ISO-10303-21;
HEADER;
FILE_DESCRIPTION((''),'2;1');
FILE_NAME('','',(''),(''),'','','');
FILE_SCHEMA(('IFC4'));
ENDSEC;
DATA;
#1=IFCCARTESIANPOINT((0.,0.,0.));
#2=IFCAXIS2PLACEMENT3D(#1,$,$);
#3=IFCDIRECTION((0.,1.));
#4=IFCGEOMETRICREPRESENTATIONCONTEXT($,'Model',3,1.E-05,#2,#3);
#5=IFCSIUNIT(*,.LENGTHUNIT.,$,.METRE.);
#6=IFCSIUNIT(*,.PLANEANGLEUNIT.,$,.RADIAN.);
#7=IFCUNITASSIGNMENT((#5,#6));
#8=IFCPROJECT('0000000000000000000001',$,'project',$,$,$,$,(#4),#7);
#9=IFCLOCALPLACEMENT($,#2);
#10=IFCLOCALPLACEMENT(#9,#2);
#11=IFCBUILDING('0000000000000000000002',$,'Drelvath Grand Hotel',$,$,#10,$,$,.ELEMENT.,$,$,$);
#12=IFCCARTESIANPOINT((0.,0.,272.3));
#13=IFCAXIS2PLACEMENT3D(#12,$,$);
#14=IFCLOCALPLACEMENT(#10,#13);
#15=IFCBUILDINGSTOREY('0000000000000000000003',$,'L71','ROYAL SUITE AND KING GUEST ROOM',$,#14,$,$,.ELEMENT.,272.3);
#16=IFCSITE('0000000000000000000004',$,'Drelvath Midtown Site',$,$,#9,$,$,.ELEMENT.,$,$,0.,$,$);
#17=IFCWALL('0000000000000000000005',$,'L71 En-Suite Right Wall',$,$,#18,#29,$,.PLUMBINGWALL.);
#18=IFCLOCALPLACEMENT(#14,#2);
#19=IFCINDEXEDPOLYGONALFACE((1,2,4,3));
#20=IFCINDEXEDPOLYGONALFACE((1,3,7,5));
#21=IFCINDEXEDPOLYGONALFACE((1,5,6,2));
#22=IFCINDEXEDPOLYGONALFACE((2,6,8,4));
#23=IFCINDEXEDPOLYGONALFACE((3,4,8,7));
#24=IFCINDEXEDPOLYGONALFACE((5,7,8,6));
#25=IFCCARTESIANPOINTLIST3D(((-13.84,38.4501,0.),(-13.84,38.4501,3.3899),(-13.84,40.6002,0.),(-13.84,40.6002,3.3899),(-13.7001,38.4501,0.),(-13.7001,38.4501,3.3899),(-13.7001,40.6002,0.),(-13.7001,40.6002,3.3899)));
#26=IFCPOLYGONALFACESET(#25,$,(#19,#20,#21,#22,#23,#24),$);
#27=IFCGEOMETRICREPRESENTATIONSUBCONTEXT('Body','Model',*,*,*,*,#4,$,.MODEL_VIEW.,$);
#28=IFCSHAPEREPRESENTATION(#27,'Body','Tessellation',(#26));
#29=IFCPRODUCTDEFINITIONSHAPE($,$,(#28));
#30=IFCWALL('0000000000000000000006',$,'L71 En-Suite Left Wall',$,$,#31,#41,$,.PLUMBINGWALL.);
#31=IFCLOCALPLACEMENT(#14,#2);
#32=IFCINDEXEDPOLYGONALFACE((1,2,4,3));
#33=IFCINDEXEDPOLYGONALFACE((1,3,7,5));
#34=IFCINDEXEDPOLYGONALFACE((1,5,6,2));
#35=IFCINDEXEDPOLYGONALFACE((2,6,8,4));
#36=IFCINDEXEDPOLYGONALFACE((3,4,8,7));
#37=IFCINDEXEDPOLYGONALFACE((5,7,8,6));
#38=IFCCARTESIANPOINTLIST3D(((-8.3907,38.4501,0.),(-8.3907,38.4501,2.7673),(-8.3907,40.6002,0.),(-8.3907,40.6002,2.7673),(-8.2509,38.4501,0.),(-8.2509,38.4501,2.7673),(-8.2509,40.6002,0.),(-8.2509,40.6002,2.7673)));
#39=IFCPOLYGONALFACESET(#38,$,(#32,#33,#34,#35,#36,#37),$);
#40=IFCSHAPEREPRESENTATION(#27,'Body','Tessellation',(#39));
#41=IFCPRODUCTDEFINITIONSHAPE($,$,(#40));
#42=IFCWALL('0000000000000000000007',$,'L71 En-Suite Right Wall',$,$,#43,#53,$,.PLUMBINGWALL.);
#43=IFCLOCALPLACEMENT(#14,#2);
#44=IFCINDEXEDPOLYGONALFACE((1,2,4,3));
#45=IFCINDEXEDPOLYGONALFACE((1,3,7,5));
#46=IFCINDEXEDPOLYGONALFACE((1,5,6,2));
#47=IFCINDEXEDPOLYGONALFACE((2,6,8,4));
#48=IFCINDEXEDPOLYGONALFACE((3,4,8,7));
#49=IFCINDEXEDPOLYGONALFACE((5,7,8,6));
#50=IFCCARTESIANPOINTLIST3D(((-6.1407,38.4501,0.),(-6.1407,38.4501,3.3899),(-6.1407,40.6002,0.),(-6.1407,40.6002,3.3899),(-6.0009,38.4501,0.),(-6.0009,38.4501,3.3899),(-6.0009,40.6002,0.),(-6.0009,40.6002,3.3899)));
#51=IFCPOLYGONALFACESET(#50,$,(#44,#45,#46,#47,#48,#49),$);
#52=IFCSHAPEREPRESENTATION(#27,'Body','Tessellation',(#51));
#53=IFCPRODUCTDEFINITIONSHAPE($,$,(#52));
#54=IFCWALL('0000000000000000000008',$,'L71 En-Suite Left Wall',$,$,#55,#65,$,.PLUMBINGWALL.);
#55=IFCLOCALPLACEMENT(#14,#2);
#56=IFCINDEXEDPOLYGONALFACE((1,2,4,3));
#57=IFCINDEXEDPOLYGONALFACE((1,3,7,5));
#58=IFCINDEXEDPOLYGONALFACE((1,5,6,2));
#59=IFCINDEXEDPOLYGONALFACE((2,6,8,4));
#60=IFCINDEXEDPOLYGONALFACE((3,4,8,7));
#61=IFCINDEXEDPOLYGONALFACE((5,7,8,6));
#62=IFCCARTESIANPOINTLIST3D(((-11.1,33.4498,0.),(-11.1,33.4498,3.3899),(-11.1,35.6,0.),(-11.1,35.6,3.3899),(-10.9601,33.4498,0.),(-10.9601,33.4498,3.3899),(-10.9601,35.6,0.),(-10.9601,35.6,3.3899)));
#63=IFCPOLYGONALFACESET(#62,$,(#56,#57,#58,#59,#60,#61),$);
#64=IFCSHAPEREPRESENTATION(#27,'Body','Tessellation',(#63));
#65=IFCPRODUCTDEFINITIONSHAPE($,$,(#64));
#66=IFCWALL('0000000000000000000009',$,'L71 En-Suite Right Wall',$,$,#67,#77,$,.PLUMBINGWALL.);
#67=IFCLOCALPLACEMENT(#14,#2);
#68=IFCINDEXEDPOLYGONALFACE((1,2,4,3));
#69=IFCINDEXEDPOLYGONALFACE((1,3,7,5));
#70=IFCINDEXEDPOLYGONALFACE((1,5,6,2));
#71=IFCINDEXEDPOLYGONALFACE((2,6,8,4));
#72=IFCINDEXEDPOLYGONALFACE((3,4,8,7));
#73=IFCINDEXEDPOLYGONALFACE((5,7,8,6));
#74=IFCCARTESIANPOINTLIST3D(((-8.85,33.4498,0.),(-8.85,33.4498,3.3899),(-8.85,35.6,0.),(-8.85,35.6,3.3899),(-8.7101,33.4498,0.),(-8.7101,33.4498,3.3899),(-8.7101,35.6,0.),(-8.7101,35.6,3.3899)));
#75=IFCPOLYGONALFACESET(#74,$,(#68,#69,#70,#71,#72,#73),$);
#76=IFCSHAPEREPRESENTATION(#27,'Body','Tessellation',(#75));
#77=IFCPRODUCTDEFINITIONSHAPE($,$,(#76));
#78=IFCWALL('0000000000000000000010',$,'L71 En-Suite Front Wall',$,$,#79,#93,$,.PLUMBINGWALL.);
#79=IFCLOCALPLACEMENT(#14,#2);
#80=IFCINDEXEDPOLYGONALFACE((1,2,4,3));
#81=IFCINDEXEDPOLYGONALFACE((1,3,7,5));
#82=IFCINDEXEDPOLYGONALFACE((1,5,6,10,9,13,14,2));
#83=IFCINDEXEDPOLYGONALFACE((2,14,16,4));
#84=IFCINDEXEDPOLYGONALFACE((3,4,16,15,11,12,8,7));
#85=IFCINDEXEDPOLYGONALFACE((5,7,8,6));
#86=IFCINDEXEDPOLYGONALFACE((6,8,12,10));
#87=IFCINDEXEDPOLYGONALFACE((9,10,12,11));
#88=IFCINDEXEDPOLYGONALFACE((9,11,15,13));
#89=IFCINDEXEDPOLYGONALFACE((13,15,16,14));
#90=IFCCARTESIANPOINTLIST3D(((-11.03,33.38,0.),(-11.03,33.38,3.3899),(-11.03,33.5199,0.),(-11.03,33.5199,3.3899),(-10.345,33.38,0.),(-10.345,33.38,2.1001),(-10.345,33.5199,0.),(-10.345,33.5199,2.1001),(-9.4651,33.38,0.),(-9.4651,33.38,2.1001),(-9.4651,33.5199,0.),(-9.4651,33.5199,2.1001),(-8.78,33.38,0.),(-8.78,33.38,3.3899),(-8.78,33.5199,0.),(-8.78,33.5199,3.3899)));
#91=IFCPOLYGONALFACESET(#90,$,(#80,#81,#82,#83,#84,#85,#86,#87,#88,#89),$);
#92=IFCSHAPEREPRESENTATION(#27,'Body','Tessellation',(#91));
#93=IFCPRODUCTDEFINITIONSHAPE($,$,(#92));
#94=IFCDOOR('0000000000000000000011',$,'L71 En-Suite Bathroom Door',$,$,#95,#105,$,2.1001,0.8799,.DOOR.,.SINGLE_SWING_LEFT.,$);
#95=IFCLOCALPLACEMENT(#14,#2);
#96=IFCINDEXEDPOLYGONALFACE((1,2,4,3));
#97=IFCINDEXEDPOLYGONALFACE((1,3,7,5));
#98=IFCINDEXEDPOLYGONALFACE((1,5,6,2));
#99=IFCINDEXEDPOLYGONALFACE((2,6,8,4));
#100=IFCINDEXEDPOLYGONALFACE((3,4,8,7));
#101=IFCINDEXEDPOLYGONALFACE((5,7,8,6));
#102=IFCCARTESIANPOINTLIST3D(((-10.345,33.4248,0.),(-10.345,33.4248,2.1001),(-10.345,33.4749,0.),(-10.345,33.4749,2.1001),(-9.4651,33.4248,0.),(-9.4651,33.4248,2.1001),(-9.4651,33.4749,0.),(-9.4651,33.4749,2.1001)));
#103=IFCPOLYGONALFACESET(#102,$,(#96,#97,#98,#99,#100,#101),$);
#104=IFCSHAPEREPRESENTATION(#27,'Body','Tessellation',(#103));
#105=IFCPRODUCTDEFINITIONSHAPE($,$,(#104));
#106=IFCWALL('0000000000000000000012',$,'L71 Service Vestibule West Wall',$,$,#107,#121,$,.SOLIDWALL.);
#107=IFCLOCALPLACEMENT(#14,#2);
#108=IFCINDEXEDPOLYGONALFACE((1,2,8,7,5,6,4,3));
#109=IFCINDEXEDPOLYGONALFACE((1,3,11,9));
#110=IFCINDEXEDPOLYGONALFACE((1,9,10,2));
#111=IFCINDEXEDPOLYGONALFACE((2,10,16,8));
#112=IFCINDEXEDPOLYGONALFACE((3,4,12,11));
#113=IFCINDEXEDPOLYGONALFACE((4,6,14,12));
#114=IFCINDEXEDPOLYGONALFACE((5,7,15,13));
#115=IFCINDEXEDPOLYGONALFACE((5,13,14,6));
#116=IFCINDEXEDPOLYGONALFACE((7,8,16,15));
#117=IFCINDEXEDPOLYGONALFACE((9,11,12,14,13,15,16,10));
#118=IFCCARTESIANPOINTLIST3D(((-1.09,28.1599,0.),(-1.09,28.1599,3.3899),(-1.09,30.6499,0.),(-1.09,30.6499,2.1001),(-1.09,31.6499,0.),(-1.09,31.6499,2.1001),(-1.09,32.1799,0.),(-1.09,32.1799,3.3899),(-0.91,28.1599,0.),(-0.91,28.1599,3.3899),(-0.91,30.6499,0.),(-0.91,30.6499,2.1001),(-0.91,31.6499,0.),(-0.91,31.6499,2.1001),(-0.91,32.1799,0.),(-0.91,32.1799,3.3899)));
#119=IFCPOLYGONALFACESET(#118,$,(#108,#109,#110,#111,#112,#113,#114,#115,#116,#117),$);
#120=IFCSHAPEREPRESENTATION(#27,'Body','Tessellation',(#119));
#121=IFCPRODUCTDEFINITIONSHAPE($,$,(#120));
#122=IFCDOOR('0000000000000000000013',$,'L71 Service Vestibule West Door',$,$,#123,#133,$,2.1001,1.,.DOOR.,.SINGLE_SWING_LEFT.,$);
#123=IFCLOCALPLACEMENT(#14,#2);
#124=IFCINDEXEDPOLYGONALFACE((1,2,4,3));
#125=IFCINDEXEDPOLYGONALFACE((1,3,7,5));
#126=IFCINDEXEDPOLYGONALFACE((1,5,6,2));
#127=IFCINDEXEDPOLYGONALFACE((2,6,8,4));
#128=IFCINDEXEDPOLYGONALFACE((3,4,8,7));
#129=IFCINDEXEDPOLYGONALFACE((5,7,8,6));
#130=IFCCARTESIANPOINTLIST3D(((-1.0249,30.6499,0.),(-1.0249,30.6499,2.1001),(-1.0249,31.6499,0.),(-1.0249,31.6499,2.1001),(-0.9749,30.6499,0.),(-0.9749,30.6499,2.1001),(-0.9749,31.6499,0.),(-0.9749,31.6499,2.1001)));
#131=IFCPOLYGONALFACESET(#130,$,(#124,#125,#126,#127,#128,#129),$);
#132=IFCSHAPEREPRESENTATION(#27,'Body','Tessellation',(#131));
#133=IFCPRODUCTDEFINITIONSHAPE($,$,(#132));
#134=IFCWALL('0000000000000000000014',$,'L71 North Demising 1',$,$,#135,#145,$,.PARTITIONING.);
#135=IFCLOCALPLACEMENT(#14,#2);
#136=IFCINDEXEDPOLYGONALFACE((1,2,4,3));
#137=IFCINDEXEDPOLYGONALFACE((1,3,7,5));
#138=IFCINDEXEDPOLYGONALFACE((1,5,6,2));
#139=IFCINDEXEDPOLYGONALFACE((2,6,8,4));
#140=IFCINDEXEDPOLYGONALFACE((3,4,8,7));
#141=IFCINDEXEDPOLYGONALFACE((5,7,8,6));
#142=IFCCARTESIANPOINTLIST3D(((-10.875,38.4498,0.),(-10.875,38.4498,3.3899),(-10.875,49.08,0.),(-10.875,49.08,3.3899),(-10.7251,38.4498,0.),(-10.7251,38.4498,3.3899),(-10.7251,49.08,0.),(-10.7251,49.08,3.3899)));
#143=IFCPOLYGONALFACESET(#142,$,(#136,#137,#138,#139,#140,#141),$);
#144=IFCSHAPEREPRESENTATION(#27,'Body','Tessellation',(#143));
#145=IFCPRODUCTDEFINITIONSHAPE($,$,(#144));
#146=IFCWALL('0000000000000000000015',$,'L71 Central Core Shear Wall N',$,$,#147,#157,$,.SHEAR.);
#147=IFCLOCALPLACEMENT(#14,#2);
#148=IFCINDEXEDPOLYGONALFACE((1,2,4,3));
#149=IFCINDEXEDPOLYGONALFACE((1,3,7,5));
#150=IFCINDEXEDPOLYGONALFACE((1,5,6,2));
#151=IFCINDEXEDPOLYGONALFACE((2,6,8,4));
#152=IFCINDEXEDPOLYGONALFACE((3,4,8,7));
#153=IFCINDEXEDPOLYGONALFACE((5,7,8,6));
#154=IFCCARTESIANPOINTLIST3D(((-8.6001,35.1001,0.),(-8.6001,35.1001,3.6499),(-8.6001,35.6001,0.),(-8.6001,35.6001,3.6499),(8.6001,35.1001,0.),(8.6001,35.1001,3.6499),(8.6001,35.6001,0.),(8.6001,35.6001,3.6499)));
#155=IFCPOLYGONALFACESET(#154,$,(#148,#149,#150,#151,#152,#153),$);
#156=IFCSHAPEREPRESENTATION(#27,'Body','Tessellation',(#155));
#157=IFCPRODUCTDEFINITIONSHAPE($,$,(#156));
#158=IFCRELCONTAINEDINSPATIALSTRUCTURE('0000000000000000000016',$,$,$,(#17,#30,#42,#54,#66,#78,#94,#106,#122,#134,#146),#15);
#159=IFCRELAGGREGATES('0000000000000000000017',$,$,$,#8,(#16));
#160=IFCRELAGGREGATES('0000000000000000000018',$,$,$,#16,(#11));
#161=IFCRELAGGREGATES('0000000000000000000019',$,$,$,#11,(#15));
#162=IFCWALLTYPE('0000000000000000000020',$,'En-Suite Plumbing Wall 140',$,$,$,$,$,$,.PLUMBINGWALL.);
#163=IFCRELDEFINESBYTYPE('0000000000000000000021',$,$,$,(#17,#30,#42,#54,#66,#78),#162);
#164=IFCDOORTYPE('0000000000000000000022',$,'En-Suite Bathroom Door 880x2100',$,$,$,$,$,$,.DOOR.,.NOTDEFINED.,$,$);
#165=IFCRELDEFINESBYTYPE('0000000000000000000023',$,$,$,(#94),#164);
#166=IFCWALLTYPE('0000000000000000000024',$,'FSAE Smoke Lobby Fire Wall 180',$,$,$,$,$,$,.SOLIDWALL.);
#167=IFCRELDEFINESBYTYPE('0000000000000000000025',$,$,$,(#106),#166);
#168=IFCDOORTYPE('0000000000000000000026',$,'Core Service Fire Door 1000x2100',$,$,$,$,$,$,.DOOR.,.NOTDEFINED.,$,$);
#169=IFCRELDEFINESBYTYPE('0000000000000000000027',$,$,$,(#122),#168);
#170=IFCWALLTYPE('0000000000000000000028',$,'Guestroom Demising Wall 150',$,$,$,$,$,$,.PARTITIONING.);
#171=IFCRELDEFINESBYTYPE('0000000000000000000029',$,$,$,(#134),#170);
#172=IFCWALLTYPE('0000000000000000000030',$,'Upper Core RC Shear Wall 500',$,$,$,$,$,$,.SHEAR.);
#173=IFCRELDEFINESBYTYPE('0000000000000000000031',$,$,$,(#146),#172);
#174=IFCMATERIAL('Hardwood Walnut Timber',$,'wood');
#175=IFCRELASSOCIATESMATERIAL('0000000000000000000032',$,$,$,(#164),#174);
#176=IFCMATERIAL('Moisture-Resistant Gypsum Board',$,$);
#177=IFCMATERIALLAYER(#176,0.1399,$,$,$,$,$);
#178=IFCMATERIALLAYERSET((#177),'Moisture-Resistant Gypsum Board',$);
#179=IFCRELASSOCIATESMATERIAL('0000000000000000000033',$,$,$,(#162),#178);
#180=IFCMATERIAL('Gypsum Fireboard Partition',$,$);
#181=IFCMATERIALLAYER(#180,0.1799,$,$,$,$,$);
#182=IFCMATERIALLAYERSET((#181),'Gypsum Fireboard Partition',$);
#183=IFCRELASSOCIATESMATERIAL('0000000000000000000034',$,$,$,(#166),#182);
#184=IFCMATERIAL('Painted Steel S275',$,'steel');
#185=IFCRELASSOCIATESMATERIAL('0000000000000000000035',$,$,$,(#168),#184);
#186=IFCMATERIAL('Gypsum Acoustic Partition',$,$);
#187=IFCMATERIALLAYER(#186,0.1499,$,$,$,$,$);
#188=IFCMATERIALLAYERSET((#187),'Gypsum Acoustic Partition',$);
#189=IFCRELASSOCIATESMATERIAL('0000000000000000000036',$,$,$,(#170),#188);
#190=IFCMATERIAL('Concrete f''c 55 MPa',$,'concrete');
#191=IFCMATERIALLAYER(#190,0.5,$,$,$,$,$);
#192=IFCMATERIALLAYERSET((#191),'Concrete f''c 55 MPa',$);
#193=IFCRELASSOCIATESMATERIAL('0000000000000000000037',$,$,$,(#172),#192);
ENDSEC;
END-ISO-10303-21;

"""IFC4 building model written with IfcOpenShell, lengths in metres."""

from ifc_helpers import new_model, si_unit, direction, frame, frame_2d, origin, place, context, subcontext, project, spatial, rectangle, extrude, material, layer, layer_set, type_object, element, fill, save


model = new_model("IFC4")

# Units and contexts
model_context = context("Model", 3, precision=1e-05, world=origin(), true_north=direction((0.0, 1.0)))
body_context = subcontext(model_context, "Body", "Model", "MODEL_VIEW")
ifc_project = project(units=[si_unit("LENGTHUNIT", "METRE"), si_unit("PLANEANGLEUNIT", "RADIAN")], contexts=[model_context])

# Site, building, storey
site_placement = place(None, origin())
site = spatial("IfcSite", under=ifc_project, at=site_placement, Name="Drelvath Midtown Site", CompositionType="ELEMENT", RefElevation=0.0)
building_placement = place(site_placement, origin())
building = spatial("IfcBuilding", under=site, at=building_placement, Name="Drelvath Grand Hotel", CompositionType="ELEMENT")
storey_placement = place(building_placement, frame((0.0, 0.0, 272.3)))
storey = spatial("IfcBuildingStorey", under=building, at=storey_placement, Name="L71", Description="ROYAL SUITE AND KING GUEST ROOM", CompositionType="ELEMENT", Elevation=272.3)

# Shared definitions
ifc_material_1 = material(Name="Concrete f'c 55 MPa", Category="concrete")

# Shared definitions
ifc_material_2 = material(Name="Hardwood Walnut Timber", Category="wood")
door_type_1 = type_object("IfcDoorType", Name="En-Suite Bathroom Door 880x2100", OperationType="NOTDEFINED", PredefinedType="DOOR", material=ifc_material_2)
ifc_material_3 = material(Name="Painted Steel S275", Category="steel")

# Walls
ifc_material_4 = material(Name="Gypsum Fireboard Partition")
ifc_material_5 = material(Name="Moisture-Resistant Gypsum Board")
ifc_layer_1 = layer(ifc_material_5, 0.1399)
ifc_layer_set_1 = layer_set([ifc_layer_1], Name="Moisture-Resistant Gypsum Board")
wall_type_1 = type_object("IfcWallType", Name="En-Suite Plumbing Wall 140", PredefinedType="PLUMBINGWALL", material=ifc_layer_set_1)
wall_1_placement = place(storey_placement, frame((-13.77, 38.45, 0.0), z_axis=(0.0, 0.0, 1.0), x_axis=(0.0, 1.0, 0.0)))
element("IfcWall", 1, at=wall_1_placement, inside=storey, type_object=wall_type_1, Name="L71 En-Suite Right Wall", PredefinedType="PLUMBINGWALL", context=body_context, shape_type="SweptSolid", body=[
    extrude(rectangle(XDim=2.1501, YDim=0.1399, at=frame_2d((1.0752, 0.0))), origin(), (0.0, 0.0, 1.0), 3.3899),
])
wall_2_placement = place(storey_placement, frame((-8.3208, 38.45, 0.0), z_axis=(0.0, 0.0, 1.0), x_axis=(0.0, 1.0, 0.0)))
element("IfcWall", 2, at=wall_2_placement, inside=storey, type_object=wall_type_1, Name="L71 En-Suite Left Wall", PredefinedType="PLUMBINGWALL", context=body_context, shape_type="SweptSolid", body=[
    extrude(rectangle(XDim=2.1501, YDim=0.1399, at=frame_2d((1.0752, 0.0))), origin(), (0.0, 0.0, 1.0), 2.7673),
])
for number, where, z_axis, x_axis, name in (
    (3, (-6.0708, 38.45, 0.0), (0.0, 0.0, 1.0), (0.0, 1.0, 0.0), "L71 En-Suite Right Wall"),
    (4, (-11.03, 35.6001, 0.0), (0.0, 0.0, 1.0), (0.0, -1.0, 0.0), "L71 En-Suite Left Wall"),
    (5, (-8.78, 35.6001, 0.0), (0.0, 0.0, 1.0), (0.0, -1.0, 0.0), "L71 En-Suite Right Wall"),
):
    element("IfcWall", number, at=place(storey_placement, frame(where, z_axis=z_axis, x_axis=x_axis)), inside=storey, type_object=wall_type_1, Name=name, PredefinedType="PLUMBINGWALL", context=body_context, shape_type="SweptSolid", body=[
        extrude(rectangle(XDim=2.1501, YDim=0.1399, at=frame_2d((1.0752, 0.0))), origin(), (0.0, 0.0, 1.0), 3.3899),
    ])

# Walls, openings, doors
wall_3_placement = place(storey_placement, frame((-11.03, 33.45, 0.0), z_axis=(0.0, 0.0, 1.0), x_axis=(1.0, 0.0, 0.0)))
wall_3 = element("IfcWall", 6, at=wall_3_placement, inside=storey, type_object=wall_type_1, Name="L71 En-Suite Front Wall", PredefinedType="PLUMBINGWALL", context=body_context, shape_type="SweptSolid", body=[
    extrude(rectangle(XDim=2.25, YDim=0.1399, at=frame_2d((1.125, 0.0))), origin(), (0.0, 0.0, 1.0), 3.3899),
])
opening_1_placement = place(wall_3_placement, frame((0.6851, 0.0, 0.0)))
opening_1 = element("IfcOpeningElement", 7, at=opening_1_placement, cuts=wall_3, PredefinedType="OPENING", context=body_context, shape_type="SweptSolid", body=[
    extrude(rectangle(XDim=0.8799, YDim=2.1001, at=frame_2d((0.4399, 1.05))), frame((0.0, 0.0798, 0.0), z_axis=(0.0, -1.0, 0.0), x_axis=(1.0, 0.0, 0.0)), (0.0, 0.0, 1.0), 0.1599),
])
door_1_placement = place(opening_1_placement, origin())
door_1 = element("IfcDoor", 8, at=door_1_placement, inside=storey, type_object=door_type_1, Name="L71 En-Suite Bathroom Door", OperationType="SINGLE_SWING_LEFT", OverallHeight=2.1001, OverallWidth=0.8799, PredefinedType="DOOR", context=body_context, shape_type="SweptSolid", body=[
    extrude(rectangle(XDim=0.8799, YDim=2.1001, at=frame_2d((0.4399, 1.05))), frame((0.0, 0.0249, 0.0), z_axis=(0.0, -1.0, 0.0), x_axis=(1.0, 0.0, 0.0)), (0.0, 0.0, 1.0), 0.05),
])
fill(opening_1, door_1)
ifc_layer_2 = layer(ifc_material_4, 0.1799)
ifc_layer_set_2 = layer_set([ifc_layer_2], Name="Gypsum Fireboard Partition")
wall_type_2 = type_object("IfcWallType", Name="FSAE Smoke Lobby Fire Wall 180", PredefinedType="SOLIDWALL", material=ifc_layer_set_2)
wall_4_placement = place(storey_placement, frame((-1.0, 28.1599, 0.0), z_axis=(0.0, 0.0, 1.0), x_axis=(0.0, 1.0, 0.0)))
wall_4 = element("IfcWall", 9, at=wall_4_placement, inside=storey, type_object=wall_type_2, Name="L71 Service Vestibule West Wall", PredefinedType="SOLIDWALL", context=body_context, shape_type="SweptSolid", body=[
    extrude(rectangle(XDim=4.02, YDim=0.1799, at=frame_2d((2.01, 0.0))), origin(), (0.0, 0.0, 1.0), 3.3899),
])
opening_2_placement = place(wall_4_placement, frame((2.49, 0.0, 0.0)))
opening_2 = element("IfcOpeningElement", 10, at=opening_2_placement, cuts=wall_4, PredefinedType="OPENING", context=body_context, shape_type="SweptSolid", body=[
    extrude(rectangle(XDim=1.0, YDim=2.1001, at=frame_2d((0.5, 1.05))), frame((0.0, 0.0999, 0.0), z_axis=(0.0, -1.0, 0.0), x_axis=(1.0, 0.0, 0.0)), (0.0, 0.0, 1.0), 0.2),
])
door_type_2 = type_object("IfcDoorType", Name="Core Service Fire Door 1000x2100", OperationType="NOTDEFINED", PredefinedType="DOOR", material=ifc_material_3)
door_2_placement = place(opening_2_placement, origin())
door_2 = element("IfcDoor", 11, at=door_2_placement, inside=storey, type_object=door_type_2, Name="L71 Service Vestibule West Door", OperationType="SINGLE_SWING_LEFT", OverallHeight=2.1001, OverallWidth=1.0, PredefinedType="DOOR", context=body_context, shape_type="SweptSolid", body=[
    extrude(rectangle(XDim=1.0, YDim=2.1001, at=frame_2d((0.5, 1.05))), frame((0.0, 0.0249, 0.0), z_axis=(0.0, -1.0, 0.0), x_axis=(1.0, 0.0, 0.0)), (0.0, 0.0, 1.0), 0.05),
])
fill(opening_2, door_2)

# Walls
ifc_material_6 = material(Name="Gypsum Acoustic Partition")
ifc_layer_3 = layer(ifc_material_6, 0.1499)
ifc_layer_set_3 = layer_set([ifc_layer_3], Name="Gypsum Acoustic Partition")
wall_type_3 = type_object("IfcWallType", Name="Guestroom Demising Wall 150", PredefinedType="PARTITIONING", material=ifc_layer_set_3)
wall_5_placement = place(storey_placement, frame((-10.8, 38.45, 0.0), z_axis=(0.0, 0.0, 1.0), x_axis=(0.0, 1.0, 0.0)))
element("IfcWall", 12, at=wall_5_placement, inside=storey, type_object=wall_type_3, Name="L71 North Demising 1", PredefinedType="PARTITIONING", context=body_context, shape_type="SweptSolid", body=[
    extrude(rectangle(XDim=10.6301, YDim=0.1499, at=frame_2d((5.3149, 0.0))), origin(), (0.0, 0.0, 1.0), 3.3899),
])
ifc_layer_4 = layer(ifc_material_1, 0.5)
ifc_layer_set_4 = layer_set([ifc_layer_4], Name="Concrete f'c 55 MPa")
wall_type_4 = type_object("IfcWallType", Name="Upper Core RC Shear Wall 500", PredefinedType="SHEAR", material=ifc_layer_set_4)
wall_6_placement = place(storey_placement, frame((-8.6001, 35.3501, 0.0), z_axis=(0.0, 0.0, 1.0), x_axis=(1.0, 0.0, 0.0)))
element("IfcWall", 13, at=wall_6_placement, inside=storey, type_object=wall_type_4, Name="L71 Central Core Shear Wall N", PredefinedType="SHEAR", context=body_context, shape_type="SweptSolid", body=[
    extrude(rectangle(XDim=17.2002, YDim=0.5, at=frame_2d((8.6001, 0.0))), origin(), (0.0, 0.0, 1.0), 3.6499),
])

save(model, "model.ifc")
